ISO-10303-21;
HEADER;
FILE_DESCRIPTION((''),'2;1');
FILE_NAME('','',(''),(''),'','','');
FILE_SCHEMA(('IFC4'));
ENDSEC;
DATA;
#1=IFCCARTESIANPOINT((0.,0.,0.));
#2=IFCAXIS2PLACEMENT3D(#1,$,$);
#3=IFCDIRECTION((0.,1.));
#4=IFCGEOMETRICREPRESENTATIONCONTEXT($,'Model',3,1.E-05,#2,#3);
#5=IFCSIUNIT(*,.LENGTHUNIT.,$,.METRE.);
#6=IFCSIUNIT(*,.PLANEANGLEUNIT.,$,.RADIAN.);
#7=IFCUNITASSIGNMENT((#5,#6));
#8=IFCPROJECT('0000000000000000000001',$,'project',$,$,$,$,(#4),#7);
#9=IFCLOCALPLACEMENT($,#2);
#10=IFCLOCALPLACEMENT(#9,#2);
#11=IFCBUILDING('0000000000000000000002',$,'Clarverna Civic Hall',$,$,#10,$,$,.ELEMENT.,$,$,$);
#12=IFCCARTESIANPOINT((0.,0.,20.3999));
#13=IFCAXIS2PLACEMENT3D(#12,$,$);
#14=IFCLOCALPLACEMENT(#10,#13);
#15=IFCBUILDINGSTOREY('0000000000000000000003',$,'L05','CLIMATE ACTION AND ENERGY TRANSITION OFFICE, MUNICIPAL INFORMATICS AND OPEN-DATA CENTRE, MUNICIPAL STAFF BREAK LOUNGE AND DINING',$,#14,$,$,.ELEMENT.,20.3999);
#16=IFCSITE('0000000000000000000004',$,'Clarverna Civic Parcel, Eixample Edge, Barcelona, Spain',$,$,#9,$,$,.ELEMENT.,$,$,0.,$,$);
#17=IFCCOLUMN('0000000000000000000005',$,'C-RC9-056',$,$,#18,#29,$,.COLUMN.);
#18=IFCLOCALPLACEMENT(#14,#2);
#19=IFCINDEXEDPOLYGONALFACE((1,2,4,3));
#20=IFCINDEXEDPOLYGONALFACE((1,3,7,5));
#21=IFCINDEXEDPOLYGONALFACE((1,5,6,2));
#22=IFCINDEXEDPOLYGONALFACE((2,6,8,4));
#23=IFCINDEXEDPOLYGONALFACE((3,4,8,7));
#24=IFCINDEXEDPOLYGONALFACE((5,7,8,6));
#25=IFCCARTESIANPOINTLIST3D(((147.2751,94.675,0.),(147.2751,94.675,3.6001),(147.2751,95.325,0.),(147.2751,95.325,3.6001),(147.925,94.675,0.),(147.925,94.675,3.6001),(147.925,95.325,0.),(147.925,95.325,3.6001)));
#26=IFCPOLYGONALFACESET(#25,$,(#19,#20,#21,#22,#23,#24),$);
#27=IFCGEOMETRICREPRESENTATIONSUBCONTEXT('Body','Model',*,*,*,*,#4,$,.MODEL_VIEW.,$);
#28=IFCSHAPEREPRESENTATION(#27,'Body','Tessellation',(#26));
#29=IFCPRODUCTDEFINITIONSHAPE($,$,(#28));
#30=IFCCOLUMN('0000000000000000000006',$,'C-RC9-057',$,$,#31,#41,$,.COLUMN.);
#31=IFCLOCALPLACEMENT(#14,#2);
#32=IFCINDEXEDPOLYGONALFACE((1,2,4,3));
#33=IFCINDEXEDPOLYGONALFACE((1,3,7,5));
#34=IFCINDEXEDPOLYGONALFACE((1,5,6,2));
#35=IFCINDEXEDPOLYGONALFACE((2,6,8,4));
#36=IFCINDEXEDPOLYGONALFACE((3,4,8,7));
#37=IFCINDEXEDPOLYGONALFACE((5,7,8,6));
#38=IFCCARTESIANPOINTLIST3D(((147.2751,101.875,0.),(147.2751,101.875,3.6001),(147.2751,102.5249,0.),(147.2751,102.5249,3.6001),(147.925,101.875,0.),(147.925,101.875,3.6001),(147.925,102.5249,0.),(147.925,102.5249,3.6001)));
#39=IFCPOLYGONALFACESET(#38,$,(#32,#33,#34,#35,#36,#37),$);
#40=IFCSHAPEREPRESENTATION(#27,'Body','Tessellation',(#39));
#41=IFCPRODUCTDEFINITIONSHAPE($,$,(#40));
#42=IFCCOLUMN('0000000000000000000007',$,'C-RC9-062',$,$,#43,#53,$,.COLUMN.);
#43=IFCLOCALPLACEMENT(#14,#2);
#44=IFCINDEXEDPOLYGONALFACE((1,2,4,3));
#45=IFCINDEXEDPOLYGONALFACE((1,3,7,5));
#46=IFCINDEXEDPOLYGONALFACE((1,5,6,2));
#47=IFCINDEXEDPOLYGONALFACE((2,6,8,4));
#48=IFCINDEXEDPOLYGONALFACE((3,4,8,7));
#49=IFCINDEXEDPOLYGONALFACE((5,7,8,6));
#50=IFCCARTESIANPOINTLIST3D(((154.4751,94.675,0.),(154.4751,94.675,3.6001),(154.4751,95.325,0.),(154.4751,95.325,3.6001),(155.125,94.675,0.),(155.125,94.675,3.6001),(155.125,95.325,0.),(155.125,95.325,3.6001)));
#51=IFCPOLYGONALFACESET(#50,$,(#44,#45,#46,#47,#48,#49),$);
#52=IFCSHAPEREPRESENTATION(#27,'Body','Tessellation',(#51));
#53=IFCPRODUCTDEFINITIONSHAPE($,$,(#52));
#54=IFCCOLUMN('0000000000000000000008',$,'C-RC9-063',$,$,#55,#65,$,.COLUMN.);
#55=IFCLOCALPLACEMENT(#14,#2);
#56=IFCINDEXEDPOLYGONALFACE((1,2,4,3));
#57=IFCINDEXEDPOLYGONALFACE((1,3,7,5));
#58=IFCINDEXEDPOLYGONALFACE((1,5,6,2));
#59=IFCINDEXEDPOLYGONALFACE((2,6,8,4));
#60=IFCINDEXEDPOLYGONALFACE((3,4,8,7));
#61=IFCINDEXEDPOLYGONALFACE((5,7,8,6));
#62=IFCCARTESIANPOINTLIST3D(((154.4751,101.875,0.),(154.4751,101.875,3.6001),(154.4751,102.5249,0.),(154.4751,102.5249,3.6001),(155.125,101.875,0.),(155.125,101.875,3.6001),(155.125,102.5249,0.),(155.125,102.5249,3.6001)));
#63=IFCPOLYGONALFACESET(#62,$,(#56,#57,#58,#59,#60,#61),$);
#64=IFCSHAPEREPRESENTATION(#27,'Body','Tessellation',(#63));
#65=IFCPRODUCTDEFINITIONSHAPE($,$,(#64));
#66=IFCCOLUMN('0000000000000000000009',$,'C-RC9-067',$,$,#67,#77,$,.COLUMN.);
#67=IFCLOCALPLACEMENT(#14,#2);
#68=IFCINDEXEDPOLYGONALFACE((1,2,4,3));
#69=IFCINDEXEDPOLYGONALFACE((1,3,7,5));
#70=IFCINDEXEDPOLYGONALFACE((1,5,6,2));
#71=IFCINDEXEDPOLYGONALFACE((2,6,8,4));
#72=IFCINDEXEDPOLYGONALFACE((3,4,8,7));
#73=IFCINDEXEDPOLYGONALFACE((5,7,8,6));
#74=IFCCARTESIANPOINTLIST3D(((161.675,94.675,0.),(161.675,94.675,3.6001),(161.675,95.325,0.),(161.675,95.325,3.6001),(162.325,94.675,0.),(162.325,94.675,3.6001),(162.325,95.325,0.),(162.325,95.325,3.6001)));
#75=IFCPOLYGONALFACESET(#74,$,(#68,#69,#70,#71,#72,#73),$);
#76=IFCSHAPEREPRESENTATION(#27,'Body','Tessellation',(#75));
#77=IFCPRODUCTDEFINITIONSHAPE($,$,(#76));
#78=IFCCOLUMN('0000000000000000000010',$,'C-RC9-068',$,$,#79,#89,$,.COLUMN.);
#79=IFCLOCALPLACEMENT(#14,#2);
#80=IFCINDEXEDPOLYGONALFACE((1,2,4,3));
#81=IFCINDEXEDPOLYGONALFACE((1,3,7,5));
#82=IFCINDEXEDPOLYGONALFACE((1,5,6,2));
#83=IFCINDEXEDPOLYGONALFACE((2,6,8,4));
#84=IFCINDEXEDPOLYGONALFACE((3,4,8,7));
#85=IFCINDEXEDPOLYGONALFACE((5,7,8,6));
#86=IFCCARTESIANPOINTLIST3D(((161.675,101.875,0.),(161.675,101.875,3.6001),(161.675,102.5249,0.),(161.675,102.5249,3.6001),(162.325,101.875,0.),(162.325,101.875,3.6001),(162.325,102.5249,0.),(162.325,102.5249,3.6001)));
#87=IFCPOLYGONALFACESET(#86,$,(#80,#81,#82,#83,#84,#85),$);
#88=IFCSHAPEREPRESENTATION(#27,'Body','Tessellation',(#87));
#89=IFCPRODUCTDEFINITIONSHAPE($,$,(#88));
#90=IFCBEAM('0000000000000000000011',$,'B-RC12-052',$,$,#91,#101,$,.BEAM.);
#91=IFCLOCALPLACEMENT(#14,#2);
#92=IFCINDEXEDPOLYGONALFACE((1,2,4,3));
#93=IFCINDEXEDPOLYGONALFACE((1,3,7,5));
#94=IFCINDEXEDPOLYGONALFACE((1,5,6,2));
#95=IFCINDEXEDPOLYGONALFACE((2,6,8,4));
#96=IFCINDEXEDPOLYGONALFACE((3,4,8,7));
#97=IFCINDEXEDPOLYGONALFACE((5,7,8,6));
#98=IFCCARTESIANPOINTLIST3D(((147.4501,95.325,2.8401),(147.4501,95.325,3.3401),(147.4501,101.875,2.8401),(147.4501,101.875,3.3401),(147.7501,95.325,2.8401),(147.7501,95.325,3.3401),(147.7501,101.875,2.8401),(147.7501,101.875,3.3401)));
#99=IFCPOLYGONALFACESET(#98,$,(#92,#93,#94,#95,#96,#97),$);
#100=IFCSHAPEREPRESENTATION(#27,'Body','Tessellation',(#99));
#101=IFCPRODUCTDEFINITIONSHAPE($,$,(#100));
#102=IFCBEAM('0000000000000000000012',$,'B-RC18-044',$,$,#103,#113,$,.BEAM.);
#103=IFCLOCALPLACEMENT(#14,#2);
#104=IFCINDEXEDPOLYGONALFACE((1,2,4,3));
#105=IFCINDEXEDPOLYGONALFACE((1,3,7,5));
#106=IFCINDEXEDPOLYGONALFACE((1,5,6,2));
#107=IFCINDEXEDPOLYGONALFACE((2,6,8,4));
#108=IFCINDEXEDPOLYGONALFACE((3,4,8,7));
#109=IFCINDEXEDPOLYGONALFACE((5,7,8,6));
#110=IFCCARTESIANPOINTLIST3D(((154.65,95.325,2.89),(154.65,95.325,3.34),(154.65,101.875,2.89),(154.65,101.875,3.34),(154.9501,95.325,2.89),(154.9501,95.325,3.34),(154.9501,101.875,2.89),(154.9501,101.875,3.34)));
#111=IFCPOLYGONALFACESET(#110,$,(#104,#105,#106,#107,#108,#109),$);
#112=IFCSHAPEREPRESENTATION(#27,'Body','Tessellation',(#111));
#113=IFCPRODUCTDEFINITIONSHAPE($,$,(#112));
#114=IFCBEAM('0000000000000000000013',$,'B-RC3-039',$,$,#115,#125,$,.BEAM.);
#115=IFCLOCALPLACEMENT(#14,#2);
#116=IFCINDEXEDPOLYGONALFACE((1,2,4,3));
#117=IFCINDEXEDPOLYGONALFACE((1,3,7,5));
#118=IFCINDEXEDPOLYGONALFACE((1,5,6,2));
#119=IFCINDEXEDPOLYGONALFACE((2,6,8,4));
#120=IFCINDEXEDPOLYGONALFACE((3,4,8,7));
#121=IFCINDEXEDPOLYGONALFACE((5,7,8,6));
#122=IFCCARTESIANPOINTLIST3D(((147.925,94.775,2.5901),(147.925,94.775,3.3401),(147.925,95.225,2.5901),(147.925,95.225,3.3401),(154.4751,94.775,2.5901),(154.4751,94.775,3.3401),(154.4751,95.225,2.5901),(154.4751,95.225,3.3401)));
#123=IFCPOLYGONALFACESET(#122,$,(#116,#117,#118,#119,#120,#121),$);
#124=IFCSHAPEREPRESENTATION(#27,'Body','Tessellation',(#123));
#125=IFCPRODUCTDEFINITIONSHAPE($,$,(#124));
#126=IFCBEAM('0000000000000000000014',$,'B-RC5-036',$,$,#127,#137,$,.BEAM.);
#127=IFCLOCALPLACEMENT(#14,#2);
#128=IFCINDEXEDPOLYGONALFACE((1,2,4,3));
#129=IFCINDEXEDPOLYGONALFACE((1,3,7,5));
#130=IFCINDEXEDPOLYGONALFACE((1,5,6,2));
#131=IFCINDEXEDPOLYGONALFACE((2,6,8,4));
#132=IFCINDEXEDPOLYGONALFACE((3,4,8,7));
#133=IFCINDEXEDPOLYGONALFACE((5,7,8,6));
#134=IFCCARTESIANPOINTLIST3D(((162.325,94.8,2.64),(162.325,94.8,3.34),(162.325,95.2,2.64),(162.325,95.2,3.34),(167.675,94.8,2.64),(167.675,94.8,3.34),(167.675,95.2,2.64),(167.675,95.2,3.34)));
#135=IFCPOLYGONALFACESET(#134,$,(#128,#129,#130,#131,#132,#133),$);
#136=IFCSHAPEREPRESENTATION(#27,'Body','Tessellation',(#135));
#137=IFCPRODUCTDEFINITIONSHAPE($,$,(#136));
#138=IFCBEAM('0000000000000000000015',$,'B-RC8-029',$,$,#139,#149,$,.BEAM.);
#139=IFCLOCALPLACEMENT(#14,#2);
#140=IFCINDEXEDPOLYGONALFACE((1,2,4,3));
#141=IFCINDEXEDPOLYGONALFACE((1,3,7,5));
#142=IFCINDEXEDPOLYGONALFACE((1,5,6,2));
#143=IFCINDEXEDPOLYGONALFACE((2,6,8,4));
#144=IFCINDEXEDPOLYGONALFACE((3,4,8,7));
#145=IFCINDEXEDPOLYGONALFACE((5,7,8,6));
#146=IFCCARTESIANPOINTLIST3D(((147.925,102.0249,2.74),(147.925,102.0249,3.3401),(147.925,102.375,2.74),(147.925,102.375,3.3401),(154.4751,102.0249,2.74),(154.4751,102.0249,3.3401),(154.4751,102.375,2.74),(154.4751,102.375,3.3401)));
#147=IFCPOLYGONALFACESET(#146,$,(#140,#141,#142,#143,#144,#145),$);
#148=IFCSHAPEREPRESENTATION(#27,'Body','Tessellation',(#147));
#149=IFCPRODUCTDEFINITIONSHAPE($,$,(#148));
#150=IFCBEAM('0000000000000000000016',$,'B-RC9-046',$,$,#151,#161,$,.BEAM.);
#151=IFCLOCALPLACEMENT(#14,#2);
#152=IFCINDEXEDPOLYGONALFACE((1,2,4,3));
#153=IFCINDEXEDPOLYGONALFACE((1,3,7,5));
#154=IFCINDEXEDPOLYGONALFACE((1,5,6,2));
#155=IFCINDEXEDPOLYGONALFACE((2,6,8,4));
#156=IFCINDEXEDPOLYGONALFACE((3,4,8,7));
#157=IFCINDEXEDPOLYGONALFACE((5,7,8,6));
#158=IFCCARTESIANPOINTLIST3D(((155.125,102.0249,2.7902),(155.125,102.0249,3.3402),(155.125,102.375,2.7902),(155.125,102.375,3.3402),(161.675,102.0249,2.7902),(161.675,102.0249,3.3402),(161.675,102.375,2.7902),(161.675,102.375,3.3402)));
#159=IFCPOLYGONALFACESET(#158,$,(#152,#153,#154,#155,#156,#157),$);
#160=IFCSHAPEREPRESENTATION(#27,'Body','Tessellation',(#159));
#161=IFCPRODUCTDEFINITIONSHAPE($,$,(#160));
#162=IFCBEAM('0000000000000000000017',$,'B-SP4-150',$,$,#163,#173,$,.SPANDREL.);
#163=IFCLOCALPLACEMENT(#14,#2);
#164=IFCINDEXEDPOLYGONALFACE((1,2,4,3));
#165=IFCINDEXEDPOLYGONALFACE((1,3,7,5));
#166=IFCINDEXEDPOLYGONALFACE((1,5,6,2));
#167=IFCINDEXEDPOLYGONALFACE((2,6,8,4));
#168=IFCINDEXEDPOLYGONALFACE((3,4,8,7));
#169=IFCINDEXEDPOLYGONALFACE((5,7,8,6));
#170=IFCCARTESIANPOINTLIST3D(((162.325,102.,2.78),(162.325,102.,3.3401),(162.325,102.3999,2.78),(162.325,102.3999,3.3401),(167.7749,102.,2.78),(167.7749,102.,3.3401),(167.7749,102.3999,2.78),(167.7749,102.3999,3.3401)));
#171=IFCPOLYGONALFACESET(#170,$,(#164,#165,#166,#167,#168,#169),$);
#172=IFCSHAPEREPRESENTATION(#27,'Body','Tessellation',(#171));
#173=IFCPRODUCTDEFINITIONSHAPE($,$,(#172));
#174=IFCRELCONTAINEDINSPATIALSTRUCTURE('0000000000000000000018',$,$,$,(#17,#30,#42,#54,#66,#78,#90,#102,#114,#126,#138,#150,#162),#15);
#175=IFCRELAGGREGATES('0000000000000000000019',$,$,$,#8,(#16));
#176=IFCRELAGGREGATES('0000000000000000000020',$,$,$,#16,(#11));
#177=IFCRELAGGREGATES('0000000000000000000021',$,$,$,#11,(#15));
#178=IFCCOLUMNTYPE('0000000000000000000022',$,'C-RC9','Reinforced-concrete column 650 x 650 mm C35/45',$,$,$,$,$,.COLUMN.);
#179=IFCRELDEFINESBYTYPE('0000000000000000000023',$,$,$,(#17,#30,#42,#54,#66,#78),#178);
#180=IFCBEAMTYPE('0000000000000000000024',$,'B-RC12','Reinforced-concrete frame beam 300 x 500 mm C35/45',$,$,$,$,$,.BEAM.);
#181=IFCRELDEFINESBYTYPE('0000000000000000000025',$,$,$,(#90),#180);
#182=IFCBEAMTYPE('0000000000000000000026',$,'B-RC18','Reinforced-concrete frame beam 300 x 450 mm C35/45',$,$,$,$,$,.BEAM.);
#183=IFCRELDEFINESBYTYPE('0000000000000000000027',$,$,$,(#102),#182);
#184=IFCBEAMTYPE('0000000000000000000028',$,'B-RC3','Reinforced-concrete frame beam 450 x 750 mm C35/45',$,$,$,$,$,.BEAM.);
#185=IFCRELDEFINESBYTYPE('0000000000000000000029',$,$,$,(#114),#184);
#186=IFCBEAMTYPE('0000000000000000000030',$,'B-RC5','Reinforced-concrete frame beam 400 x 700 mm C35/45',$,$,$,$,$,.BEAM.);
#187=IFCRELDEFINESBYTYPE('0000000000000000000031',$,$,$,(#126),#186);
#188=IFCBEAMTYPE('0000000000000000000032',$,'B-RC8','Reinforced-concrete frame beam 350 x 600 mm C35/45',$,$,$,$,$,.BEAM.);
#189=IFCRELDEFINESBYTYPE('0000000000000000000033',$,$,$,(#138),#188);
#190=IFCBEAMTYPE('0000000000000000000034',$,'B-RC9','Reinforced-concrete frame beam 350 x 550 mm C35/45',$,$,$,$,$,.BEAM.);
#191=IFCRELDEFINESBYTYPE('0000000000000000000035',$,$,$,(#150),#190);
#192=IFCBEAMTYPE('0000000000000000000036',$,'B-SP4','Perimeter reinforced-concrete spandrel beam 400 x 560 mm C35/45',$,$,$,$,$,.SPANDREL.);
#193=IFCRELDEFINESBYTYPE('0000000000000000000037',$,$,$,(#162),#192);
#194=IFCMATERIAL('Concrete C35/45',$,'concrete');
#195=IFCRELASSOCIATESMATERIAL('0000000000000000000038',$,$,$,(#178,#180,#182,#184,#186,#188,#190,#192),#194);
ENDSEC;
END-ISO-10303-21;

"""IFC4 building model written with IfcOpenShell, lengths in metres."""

from ifc_helpers import new_model, si_unit, direction, frame, origin, origin_2d, place, context, subcontext, project, spatial, rectangle, extrude, material, material_profile, profile_set, type_object, element, save


model = new_model("IFC4")

# Units and contexts
model_context = context("Model", 3, precision=1e-05, world=origin(), true_north=direction((0.0, 1.0)))
body_context = subcontext(model_context, "Body", "Model", "MODEL_VIEW")
ifc_project = project(units=[si_unit("LENGTHUNIT", "METRE"), si_unit("PLANEANGLEUNIT", "RADIAN")], contexts=[model_context])

# Site, building, storey
site_placement = place(None, origin())
site = spatial("IfcSite", under=ifc_project, at=site_placement, Name="Clarverna Civic Parcel, Eixample Edge, Barcelona, Spain", CompositionType="ELEMENT", RefElevation=0.0)
building_placement = place(site_placement, origin())
building = spatial("IfcBuilding", under=site, at=building_placement, Name="Clarverna Civic Hall", CompositionType="ELEMENT")
storey_placement = place(building_placement, frame((0.0, 0.0, 20.3999)))
storey = spatial("IfcBuildingStorey", under=building, at=storey_placement, Name="L05", Description="CLIMATE ACTION AND ENERGY TRANSITION OFFICE, MUNICIPAL INFORMATICS AND OPEN-DATA CENTRE, MUNICIPAL STAFF BREAK LOUNGE AND DINING", CompositionType="ELEMENT", Elevation=20.3999)

# Columns
ifc_material_1 = material(Name="Concrete C35/45", Category="concrete")
ifc_material_profile_1 = material_profile(ifc_material_1, rectangle(XDim=0.6499, YDim=0.6499, at=origin_2d()), Name="RC 650x650")
ifc_profile_set_1 = profile_set([ifc_material_profile_1], Name="Concrete C35/45")
column_type = type_object("IfcColumnType", Name="C-RC9", Description="Reinforced-concrete column 650 x 650 mm C35/45", PredefinedType="COLUMN", material=ifc_profile_set_1)
for number, where, z_axis, x_axis, name in (
    (1, (147.6001, 95.0, 0.0), (0.0, 0.0, 1.0), (1.0, 0.0, 0.0), "C-RC9-056"),
    (2, (147.6001, 102.2, 0.0), (0.0, 0.0, 1.0), (1.0, 0.0, 0.0), "C-RC9-057"),
    (3, (154.8, 95.0, 0.0), (0.0, 0.0, 1.0), (1.0, 0.0, 0.0), "C-RC9-062"),
    (4, (154.8, 102.2, 0.0), (0.0, 0.0, 1.0), (1.0, 0.0, 0.0), "C-RC9-063"),
    (5, (162.0, 95.0, 0.0), (0.0, 0.0, 1.0), (1.0, 0.0, 0.0), "C-RC9-067"),
    (6, (162.0, 102.2, 0.0), (0.0, 0.0, 1.0), (1.0, 0.0, 0.0), "C-RC9-068"),
):
    element("IfcColumn", number, at=place(storey_placement, frame(where, z_axis=z_axis, x_axis=x_axis)), inside=storey, type_object=column_type, Name=name, PredefinedType="COLUMN", context=body_context, shape_type="SweptSolid", body=[
        extrude(rectangle(XDim=0.6499, YDim=0.6499, at=origin_2d()), origin(), (0.0, 0.0, 1.0), 3.6001),
    ])

# Beams
ifc_material_profile_2 = material_profile(ifc_material_1, rectangle(XDim=0.3, YDim=0.5, at=origin_2d()), Name="RC 300x500")
ifc_profile_set_2 = profile_set([ifc_material_profile_2], Name="Concrete C35/45")
beam_type_1 = type_object("IfcBeamType", Name="B-RC12", Description="Reinforced-concrete frame beam 300 x 500 mm C35/45", PredefinedType="BEAM", material=ifc_profile_set_2)
beam_1_placement = place(storey_placement, frame((147.6001, 95.325, 3.0901), z_axis=(0.0, 1.0, 0.0), x_axis=(-1.0, 0.0, 0.0)))
element("IfcBeam", 7, at=beam_1_placement, inside=storey, type_object=beam_type_1, Name="B-RC12-052", PredefinedType="BEAM", context=body_context, shape_type="SweptSolid", body=[
    extrude(rectangle(XDim=0.3, YDim=0.5, at=origin_2d()), origin(), (0.0, 0.0, 1.0), 6.55),
])
ifc_material_profile_3 = material_profile(ifc_material_1, rectangle(XDim=0.3, YDim=0.45, at=origin_2d()), Name="RC 300x450")
ifc_profile_set_3 = profile_set([ifc_material_profile_3], Name="Concrete C35/45")
beam_type_2 = type_object("IfcBeamType", Name="B-RC18", Description="Reinforced-concrete frame beam 300 x 450 mm C35/45", PredefinedType="BEAM", material=ifc_profile_set_3)
beam_2_placement = place(storey_placement, frame((154.8, 95.325, 3.115), z_axis=(0.0, 1.0, 0.0), x_axis=(-1.0, 0.0, 0.0)))
element("IfcBeam", 8, at=beam_2_placement, inside=storey, type_object=beam_type_2, Name="B-RC18-044", PredefinedType="BEAM", context=body_context, shape_type="SweptSolid", body=[
    extrude(rectangle(XDim=0.3, YDim=0.45, at=origin_2d()), origin(), (0.0, 0.0, 1.0), 6.55),
])
ifc_material_profile_4 = material_profile(ifc_material_1, rectangle(XDim=0.45, YDim=0.75, at=origin_2d()), Name="RC 450x750")
ifc_profile_set_4 = profile_set([ifc_material_profile_4], Name="Concrete C35/45")
beam_type_3 = type_object("IfcBeamType", Name="B-RC3", Description="Reinforced-concrete frame beam 450 x 750 mm C35/45", PredefinedType="BEAM", material=ifc_profile_set_4)
beam_3_placement = place(storey_placement, frame((147.925, 95.0, 2.9651), z_axis=(1.0, 0.0, 0.0), x_axis=(0.0, 1.0, 0.0)))
element("IfcBeam", 9, at=beam_3_placement, inside=storey, type_object=beam_type_3, Name="B-RC3-039", PredefinedType="BEAM", context=body_context, shape_type="SweptSolid", body=[
    extrude(rectangle(XDim=0.45, YDim=0.75, at=origin_2d()), origin(), (0.0, 0.0, 1.0), 6.55),
])
ifc_material_profile_5 = material_profile(ifc_material_1, rectangle(XDim=0.3999, YDim=0.7, at=origin_2d()), Name="RC 400x700")
ifc_profile_set_5 = profile_set([ifc_material_profile_5], Name="Concrete C35/45")
beam_type_4 = type_object("IfcBeamType", Name="B-RC5", Description="Reinforced-concrete frame beam 400 x 700 mm C35/45", PredefinedType="BEAM", material=ifc_profile_set_5)
beam_4_placement = place(storey_placement, frame((162.325, 95.0, 2.99), z_axis=(1.0, 0.0, 0.0), x_axis=(0.0, 1.0, 0.0)))
element("IfcBeam", 10, at=beam_4_placement, inside=storey, type_object=beam_type_4, Name="B-RC5-036", PredefinedType="BEAM", context=body_context, shape_type="SweptSolid", body=[
    extrude(rectangle(XDim=0.3999, YDim=0.7, at=origin_2d()), origin(), (0.0, 0.0, 1.0), 5.3501),
])
ifc_material_profile_6 = material_profile(ifc_material_1, rectangle(XDim=0.3501, YDim=0.6001, at=origin_2d()), Name="RC 350x600")
ifc_profile_set_6 = profile_set([ifc_material_profile_6], Name="Concrete C35/45")
beam_type_5 = type_object("IfcBeamType", Name="B-RC8", Description="Reinforced-concrete frame beam 350 x 600 mm C35/45", PredefinedType="BEAM", material=ifc_profile_set_6)
beam_5_placement = place(storey_placement, frame((147.925, 102.2, 3.04), z_axis=(1.0, 0.0, 0.0), x_axis=(0.0, 1.0, 0.0)))
element("IfcBeam", 11, at=beam_5_placement, inside=storey, type_object=beam_type_5, Name="B-RC8-029", PredefinedType="BEAM", context=body_context, shape_type="SweptSolid", body=[
    extrude(rectangle(XDim=0.3501, YDim=0.6001, at=origin_2d()), origin(), (0.0, 0.0, 1.0), 6.55),
])
ifc_material_profile_7 = material_profile(ifc_material_1, rectangle(XDim=0.3501, YDim=0.55, at=origin_2d()), Name="RC 350x550")
ifc_profile_set_7 = profile_set([ifc_material_profile_7], Name="Concrete C35/45")
beam_type_6 = type_object("IfcBeamType", Name="B-RC9", Description="Reinforced-concrete frame beam 350 x 550 mm C35/45", PredefinedType="BEAM", material=ifc_profile_set_7)
beam_6_placement = place(storey_placement, frame((155.125, 102.2, 3.0652), z_axis=(1.0, 0.0, 0.0), x_axis=(0.0, 1.0, 0.0)))
element("IfcBeam", 12, at=beam_6_placement, inside=storey, type_object=beam_type_6, Name="B-RC9-046", PredefinedType="BEAM", context=body_context, shape_type="SweptSolid", body=[
    extrude(rectangle(XDim=0.3501, YDim=0.55, at=origin_2d()), origin(), (0.0, 0.0, 1.0), 6.55),
])
ifc_material_profile_8 = material_profile(ifc_material_1, rectangle(XDim=0.3999, YDim=0.5601, at=origin_2d()), Name="RC 400x560")
ifc_profile_set_8 = profile_set([ifc_material_profile_8], Name="Concrete C35/45")
beam_type_7 = type_object("IfcBeamType", Name="B-SP4", Description="Perimeter reinforced-concrete spandrel beam 400 x 560 mm C35/45", PredefinedType="SPANDREL", material=ifc_profile_set_8)
beam_7_placement = place(storey_placement, frame((162.325, 102.2, 3.0601), z_axis=(1.0, 0.0, 0.0), x_axis=(0.0, 1.0, 0.0)))
element("IfcBeam", 13, at=beam_7_placement, inside=storey, type_object=beam_type_7, Name="B-SP4-150", PredefinedType="SPANDREL", context=body_context, shape_type="SweptSolid", body=[
    extrude(rectangle(XDim=0.3999, YDim=0.5601, at=origin_2d()), origin(), (0.0, 0.0, 1.0), 5.45),
])

save(model, "model.ifc")
